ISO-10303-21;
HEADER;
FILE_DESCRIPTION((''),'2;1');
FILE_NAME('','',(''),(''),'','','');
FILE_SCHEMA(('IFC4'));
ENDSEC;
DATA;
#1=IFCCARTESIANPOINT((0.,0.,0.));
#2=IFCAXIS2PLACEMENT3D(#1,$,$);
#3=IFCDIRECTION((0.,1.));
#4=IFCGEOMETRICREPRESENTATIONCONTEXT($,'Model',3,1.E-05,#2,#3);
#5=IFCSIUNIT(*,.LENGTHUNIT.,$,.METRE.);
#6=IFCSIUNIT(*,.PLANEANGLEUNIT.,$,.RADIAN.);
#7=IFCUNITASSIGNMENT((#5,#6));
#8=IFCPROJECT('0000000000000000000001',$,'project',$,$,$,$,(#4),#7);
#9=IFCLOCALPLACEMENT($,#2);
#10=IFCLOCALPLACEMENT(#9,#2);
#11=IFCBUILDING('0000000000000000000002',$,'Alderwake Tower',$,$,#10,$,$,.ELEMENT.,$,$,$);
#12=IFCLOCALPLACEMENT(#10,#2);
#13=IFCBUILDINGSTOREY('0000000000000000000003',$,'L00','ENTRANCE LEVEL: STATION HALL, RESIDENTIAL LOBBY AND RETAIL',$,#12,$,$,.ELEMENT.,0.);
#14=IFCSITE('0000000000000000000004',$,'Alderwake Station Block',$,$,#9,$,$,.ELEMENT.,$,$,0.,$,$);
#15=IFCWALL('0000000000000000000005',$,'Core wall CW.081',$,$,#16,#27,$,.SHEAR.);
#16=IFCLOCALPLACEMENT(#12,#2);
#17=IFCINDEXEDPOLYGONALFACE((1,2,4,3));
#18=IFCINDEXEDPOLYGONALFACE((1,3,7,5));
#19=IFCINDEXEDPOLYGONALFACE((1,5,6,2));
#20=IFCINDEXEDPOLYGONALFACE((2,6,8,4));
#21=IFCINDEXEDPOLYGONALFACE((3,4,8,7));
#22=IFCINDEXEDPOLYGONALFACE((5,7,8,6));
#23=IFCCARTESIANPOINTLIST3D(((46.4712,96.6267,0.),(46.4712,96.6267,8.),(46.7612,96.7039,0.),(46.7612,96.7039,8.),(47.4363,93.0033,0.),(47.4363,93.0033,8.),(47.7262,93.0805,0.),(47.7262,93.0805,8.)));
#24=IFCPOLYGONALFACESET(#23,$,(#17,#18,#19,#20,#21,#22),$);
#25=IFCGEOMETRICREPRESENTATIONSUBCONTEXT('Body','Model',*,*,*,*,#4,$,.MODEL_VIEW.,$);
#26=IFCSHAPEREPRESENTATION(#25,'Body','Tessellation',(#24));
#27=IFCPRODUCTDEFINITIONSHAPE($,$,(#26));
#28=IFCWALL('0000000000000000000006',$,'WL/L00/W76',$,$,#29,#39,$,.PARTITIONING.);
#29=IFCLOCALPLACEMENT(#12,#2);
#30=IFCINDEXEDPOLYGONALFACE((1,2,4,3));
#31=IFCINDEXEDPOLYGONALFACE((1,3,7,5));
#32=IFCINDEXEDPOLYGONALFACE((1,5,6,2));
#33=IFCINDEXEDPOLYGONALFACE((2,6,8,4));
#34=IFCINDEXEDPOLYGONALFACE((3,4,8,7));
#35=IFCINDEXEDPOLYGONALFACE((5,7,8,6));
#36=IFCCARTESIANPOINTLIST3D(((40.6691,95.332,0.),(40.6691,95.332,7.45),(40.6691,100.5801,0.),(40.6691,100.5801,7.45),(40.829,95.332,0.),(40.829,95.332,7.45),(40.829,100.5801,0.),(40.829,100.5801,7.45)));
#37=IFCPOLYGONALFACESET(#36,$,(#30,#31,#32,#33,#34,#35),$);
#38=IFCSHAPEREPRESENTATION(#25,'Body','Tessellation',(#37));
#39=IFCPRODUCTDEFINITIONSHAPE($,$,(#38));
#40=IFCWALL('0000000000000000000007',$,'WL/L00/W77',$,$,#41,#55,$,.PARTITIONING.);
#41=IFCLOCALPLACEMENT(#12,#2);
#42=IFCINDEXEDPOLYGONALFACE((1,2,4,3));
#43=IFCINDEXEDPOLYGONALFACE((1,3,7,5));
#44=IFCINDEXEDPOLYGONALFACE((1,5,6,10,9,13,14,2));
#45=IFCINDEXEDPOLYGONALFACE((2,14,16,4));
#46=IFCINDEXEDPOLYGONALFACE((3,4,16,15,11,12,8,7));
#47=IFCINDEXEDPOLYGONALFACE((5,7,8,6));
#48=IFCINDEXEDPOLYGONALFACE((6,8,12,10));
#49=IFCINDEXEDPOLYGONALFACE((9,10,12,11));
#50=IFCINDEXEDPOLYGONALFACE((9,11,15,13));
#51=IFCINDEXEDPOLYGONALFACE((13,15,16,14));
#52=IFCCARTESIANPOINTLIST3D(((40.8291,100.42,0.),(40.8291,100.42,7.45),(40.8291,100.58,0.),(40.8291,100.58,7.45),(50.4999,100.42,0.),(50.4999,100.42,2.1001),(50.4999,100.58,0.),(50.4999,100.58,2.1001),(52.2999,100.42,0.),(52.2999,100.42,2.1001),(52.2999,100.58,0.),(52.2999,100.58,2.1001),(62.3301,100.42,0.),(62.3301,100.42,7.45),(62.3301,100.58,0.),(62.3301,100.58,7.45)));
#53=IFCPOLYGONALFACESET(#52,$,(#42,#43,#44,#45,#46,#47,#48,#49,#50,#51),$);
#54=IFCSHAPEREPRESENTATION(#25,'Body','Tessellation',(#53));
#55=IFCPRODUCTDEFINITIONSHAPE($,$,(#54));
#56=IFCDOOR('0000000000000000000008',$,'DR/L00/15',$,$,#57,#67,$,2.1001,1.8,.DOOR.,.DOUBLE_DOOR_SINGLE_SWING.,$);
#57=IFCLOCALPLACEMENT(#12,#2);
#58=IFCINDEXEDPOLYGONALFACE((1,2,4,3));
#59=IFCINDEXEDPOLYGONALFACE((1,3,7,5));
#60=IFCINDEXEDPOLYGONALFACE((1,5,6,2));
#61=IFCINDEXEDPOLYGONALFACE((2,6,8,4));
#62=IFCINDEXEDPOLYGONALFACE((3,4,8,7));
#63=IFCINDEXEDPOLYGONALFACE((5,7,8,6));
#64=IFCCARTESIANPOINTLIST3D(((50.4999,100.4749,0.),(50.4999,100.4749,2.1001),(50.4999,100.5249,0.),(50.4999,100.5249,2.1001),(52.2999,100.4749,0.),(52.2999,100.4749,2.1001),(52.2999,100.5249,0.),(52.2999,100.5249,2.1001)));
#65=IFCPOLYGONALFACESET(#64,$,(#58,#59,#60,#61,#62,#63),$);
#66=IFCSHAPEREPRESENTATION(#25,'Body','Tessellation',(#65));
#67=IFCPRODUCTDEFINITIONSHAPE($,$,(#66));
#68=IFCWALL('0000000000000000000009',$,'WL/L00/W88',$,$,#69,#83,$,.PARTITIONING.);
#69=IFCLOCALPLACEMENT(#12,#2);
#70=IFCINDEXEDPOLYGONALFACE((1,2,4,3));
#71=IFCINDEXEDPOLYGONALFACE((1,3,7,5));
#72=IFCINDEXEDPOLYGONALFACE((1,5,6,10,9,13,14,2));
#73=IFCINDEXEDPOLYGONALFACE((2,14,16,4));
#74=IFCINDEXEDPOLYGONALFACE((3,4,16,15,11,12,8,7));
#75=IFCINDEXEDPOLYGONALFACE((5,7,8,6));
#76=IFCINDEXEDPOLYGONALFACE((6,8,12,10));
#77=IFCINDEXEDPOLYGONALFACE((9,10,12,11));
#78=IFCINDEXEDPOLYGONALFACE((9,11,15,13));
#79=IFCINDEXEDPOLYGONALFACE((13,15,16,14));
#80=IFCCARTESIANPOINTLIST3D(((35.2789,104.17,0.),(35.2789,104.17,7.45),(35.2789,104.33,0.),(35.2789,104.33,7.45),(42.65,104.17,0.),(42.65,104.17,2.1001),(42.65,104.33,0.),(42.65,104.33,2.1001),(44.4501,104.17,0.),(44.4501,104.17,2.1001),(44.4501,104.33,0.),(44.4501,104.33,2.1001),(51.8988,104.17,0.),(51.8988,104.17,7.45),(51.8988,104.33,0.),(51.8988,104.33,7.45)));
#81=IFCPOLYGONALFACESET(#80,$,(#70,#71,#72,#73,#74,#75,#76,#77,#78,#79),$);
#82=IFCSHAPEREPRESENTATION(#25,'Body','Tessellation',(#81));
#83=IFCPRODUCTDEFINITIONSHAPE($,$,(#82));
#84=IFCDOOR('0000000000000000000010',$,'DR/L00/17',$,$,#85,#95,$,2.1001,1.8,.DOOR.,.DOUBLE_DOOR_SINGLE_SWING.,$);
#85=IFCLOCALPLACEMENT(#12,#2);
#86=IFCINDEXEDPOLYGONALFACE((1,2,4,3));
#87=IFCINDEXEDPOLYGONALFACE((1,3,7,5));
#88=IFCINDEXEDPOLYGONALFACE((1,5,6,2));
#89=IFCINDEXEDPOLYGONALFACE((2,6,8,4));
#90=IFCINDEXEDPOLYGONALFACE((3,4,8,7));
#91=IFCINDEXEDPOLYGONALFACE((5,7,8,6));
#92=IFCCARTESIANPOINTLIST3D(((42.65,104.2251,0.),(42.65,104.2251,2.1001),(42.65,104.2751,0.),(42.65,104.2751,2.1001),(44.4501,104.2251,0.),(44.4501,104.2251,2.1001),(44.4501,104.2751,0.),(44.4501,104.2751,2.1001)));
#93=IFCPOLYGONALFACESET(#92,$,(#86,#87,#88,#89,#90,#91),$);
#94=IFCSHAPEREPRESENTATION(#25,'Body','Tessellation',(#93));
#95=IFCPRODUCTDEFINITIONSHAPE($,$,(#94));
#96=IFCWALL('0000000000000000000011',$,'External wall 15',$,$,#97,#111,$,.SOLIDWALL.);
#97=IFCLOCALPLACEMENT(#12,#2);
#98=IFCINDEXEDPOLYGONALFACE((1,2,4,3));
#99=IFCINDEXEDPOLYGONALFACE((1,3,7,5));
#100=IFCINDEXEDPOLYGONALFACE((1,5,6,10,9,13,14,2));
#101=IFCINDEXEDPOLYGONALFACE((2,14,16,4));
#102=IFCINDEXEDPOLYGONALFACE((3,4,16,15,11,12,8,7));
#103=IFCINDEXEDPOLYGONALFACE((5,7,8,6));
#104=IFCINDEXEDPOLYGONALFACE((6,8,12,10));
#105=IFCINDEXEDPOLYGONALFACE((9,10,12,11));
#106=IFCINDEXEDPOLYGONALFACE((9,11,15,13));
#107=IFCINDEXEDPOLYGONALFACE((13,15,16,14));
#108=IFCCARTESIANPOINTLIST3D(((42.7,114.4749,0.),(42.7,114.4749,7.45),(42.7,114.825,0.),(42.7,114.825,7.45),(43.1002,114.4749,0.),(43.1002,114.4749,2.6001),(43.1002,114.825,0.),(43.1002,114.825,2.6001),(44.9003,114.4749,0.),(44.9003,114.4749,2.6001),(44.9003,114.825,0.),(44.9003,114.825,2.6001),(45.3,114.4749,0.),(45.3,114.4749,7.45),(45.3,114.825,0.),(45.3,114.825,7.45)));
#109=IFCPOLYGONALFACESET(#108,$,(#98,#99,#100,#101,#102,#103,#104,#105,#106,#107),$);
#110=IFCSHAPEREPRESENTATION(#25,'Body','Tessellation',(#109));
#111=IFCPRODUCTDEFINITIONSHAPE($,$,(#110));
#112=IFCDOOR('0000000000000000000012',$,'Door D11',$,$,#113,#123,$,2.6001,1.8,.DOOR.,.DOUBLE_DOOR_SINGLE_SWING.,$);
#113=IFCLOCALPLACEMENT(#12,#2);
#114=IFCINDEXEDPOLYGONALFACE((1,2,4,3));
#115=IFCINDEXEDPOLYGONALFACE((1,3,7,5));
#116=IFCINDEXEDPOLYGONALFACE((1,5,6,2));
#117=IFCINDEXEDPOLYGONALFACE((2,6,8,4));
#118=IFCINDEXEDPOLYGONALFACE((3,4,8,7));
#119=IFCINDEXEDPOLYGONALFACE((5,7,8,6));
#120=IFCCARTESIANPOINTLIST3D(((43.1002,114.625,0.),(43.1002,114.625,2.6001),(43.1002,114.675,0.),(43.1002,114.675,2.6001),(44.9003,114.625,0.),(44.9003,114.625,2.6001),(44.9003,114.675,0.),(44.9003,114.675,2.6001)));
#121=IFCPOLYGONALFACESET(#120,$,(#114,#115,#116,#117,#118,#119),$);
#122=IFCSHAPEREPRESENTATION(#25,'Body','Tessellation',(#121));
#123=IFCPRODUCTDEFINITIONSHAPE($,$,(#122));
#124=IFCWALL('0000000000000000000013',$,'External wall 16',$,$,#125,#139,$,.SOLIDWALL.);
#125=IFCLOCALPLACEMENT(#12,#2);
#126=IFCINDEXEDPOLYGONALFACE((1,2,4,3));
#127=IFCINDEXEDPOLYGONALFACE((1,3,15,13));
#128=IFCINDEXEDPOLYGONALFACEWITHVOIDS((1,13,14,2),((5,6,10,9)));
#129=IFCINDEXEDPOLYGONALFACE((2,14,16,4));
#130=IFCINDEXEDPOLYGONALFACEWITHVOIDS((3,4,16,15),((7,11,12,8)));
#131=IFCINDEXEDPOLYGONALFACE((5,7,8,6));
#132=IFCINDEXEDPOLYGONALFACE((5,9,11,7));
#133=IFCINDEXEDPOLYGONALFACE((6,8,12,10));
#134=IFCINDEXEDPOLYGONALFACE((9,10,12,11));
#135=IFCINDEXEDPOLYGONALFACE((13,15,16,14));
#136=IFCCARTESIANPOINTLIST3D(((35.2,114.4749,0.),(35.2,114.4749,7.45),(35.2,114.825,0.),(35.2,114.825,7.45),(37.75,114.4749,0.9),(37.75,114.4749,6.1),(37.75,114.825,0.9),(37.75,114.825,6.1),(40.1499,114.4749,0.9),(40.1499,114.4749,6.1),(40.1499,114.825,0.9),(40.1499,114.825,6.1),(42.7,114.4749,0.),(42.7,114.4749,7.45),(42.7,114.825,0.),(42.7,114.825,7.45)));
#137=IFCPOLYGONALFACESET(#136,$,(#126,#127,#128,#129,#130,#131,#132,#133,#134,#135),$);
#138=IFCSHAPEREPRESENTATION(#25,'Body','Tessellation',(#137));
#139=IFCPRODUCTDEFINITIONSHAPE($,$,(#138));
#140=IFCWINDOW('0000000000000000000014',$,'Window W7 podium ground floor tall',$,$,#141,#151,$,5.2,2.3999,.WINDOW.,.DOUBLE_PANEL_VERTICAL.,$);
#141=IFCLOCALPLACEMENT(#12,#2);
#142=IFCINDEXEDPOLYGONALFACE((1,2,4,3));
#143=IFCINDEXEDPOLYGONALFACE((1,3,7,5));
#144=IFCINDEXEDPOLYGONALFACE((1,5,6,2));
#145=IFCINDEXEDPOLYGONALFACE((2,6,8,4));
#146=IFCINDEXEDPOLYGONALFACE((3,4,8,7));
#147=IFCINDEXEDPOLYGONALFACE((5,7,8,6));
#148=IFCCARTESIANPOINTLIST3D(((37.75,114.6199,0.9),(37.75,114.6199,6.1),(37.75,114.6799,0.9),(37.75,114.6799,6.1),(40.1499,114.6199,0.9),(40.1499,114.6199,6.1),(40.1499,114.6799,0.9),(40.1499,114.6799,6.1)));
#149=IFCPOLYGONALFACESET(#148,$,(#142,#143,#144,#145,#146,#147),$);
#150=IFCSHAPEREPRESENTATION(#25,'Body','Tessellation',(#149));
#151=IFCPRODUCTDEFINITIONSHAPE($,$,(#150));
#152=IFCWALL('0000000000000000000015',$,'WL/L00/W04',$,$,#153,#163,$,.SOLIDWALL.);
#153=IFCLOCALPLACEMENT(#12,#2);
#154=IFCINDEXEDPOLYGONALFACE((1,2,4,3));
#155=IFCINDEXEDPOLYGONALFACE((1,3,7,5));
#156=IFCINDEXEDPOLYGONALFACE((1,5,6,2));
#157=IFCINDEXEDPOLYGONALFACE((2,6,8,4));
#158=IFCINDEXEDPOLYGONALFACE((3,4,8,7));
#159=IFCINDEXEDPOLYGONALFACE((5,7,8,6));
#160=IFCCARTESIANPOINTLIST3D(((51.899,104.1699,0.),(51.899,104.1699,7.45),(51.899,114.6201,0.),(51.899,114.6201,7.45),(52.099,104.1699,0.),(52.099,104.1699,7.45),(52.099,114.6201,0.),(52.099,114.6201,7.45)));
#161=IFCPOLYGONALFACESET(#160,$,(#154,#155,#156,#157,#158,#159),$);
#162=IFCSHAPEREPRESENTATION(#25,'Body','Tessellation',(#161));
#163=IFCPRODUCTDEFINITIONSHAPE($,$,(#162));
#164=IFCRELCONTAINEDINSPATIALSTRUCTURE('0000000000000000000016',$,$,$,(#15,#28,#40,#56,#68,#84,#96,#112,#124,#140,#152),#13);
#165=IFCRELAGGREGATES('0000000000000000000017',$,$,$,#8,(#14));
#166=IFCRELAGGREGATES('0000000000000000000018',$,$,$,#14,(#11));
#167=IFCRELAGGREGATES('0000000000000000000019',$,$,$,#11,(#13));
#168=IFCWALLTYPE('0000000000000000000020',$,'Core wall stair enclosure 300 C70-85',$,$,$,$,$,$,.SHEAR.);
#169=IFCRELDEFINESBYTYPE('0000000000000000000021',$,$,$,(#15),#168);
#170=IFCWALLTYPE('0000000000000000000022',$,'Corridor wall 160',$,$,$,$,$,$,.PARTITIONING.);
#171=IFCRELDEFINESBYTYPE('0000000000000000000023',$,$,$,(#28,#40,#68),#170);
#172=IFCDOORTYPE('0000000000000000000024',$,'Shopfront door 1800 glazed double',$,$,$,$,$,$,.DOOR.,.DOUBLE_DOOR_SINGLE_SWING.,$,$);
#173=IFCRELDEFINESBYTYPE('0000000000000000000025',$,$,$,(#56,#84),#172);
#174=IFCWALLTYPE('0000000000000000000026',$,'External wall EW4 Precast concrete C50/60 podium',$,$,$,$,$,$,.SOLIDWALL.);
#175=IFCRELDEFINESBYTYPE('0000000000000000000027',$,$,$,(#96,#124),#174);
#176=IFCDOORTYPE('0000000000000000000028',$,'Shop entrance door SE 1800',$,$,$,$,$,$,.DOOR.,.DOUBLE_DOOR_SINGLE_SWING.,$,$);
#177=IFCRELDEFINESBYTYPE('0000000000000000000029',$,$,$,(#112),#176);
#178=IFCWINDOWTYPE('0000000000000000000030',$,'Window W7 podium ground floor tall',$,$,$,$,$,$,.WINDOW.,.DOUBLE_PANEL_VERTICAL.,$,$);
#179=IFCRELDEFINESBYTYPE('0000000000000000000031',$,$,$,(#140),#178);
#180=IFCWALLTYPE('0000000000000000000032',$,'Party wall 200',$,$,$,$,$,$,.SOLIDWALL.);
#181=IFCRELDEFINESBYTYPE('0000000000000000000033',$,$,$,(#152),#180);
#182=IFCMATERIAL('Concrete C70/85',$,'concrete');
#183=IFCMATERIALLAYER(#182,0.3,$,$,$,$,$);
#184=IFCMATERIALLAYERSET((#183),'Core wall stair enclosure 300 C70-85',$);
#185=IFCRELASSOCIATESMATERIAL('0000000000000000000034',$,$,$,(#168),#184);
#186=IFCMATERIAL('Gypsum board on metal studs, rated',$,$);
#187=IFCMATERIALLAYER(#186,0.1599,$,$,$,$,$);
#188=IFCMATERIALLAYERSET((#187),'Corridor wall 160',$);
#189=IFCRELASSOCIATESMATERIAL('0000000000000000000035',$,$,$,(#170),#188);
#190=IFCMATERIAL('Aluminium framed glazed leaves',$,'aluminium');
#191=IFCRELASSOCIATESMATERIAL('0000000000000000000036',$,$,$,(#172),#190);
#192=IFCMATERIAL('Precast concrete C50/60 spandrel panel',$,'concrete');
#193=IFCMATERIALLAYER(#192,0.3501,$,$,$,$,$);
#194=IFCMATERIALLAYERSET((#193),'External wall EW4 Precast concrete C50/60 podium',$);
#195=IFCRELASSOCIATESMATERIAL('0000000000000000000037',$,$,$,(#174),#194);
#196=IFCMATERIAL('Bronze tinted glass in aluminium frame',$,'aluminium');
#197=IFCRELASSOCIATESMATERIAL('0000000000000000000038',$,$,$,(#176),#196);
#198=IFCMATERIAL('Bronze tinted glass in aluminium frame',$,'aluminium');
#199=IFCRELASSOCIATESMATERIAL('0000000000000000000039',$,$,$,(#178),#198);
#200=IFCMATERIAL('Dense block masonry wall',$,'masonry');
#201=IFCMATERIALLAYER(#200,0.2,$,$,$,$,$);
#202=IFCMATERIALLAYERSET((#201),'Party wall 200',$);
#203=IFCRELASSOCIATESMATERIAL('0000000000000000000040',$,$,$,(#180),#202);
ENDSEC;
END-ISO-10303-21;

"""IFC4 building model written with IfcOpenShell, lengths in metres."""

from ifc_helpers import new_model, si_unit, direction, frame, frame_2d, origin, place, context, subcontext, project, spatial, rectangle, extrude, material, layer, layer_set, type_object, element, fill, save


model = new_model("IFC4")

# Units and contexts
model_context = context("Model", 3, precision=1e-05, world=origin(), true_north=direction((0.0, 1.0)))
body_context = subcontext(model_context, "Body", "Model", "MODEL_VIEW")
ifc_project = project(units=[si_unit("LENGTHUNIT", "METRE"), si_unit("PLANEANGLEUNIT", "RADIAN")], contexts=[model_context])

# Site, building, storey
site_placement = place(None, origin())
site = spatial("IfcSite", under=ifc_project, at=site_placement, Name="Alderwake Station Block", CompositionType="ELEMENT", RefElevation=0.0)
building_placement = place(site_placement, origin())
building = spatial("IfcBuilding", under=site, at=building_placement, Name="Alderwake Tower", CompositionType="ELEMENT")
storey_placement = place(building_placement, origin())
storey = spatial("IfcBuildingStorey", under=building, at=storey_placement, Name="L00", Description="ENTRANCE LEVEL: STATION HALL, RESIDENTIAL LOBBY AND RETAIL", CompositionType="ELEMENT", Elevation=0.0)

# Shared definitions
ifc_material_1 = material(Name="Concrete C70/85", Category="concrete")
ifc_layer_1 = layer(ifc_material_1, 0.3)
ifc_layer_set_1 = layer_set([ifc_layer_1], Name="Core wall stair enclosure 300 C70-85")
wall_type_1 = type_object("IfcWallType", Name="Core wall stair enclosure 300 C70-85", PredefinedType="SHEAR", material=ifc_layer_set_1)

# Walls
wall_1_placement = place(storey_placement, frame((47.5813, 93.0417, 0.0), z_axis=(0.0, 0.0, 1.0), x_axis=(-0.257367, 0.966314, 0.0)))
element("IfcWall", 1, at=wall_1_placement, inside=storey, type_object=wall_type_1, Name="Core wall CW.081", PredefinedType="SHEAR", context=body_context, shape_type="SweptSolid", body=[
    extrude(rectangle(XDim=3.7498, YDim=0.3, at=frame_2d((1.875, 0.0))), origin(), (0.0, 0.0, 1.0), 8.0),
])
ifc_material_2 = material(Name="Gypsum board on metal studs, rated")
ifc_layer_2 = layer(ifc_material_2, 0.1599)
ifc_layer_set_2 = layer_set([ifc_layer_2], Name="Corridor wall 160")
wall_type_2 = type_object("IfcWallType", Name="Corridor wall 160", PredefinedType="PARTITIONING", material=ifc_layer_set_2)
wall_2_placement = place(storey_placement, frame((40.749, 95.332, 0.0), z_axis=(0.0, 0.0, 1.0), x_axis=(0.0, 1.0, 0.0)))
element("IfcWall", 2, at=wall_2_placement, inside=storey, type_object=wall_type_2, Name="WL/L00/W76", PredefinedType="PARTITIONING", context=body_context, shape_type="SweptSolid", body=[
    extrude(rectangle(XDim=5.248, YDim=0.1599, at=frame_2d((2.624, 0.0))), origin(), (0.0, 0.0, 1.0), 7.45),
])

# Walls, openings, doors
wall_3_placement = place(storey_placement, frame((40.8291, 100.5, 0.0), z_axis=(0.0, 0.0, 1.0), x_axis=(1.0, 0.0, 0.0)))
wall_3 = element("IfcWall", 3, at=wall_3_placement, inside=storey, type_object=wall_type_2, Name="WL/L00/W77", PredefinedType="PARTITIONING", context=body_context, shape_type="SweptSolid", body=[
    extrude(rectangle(XDim=21.501, YDim=0.1599, at=frame_2d((10.7505, 0.0))), origin(), (0.0, 0.0, 1.0), 7.45),
])
opening_1_placement = place(wall_3_placement, frame((9.6709, 0.0, 0.0)))
opening_1 = element("IfcOpeningElement", 4, at=opening_1_placement, cuts=wall_3, PredefinedType="OPENING", context=body_context, shape_type="SweptSolid", body=[
    extrude(rectangle(XDim=1.8, YDim=2.1001, at=frame_2d((0.8999, 1.05))), frame((0.0, 0.0898, 0.0), z_axis=(0.0, -1.0, 0.0), x_axis=(1.0, 0.0, 0.0)), (0.0, 0.0, 1.0), 0.1799),
])
ifc_material_3 = material(Name="Aluminium framed glazed leaves", Category="aluminium")
door_type_1 = type_object("IfcDoorType", Name="Shopfront door 1800 glazed double", OperationType="DOUBLE_DOOR_SINGLE_SWING", PredefinedType="DOOR", material=ifc_material_3)
door_1_placement = place(opening_1_placement, origin())
door_1 = element("IfcDoor", 5, at=door_1_placement, inside=storey, type_object=door_type_1, Name="DR/L00/15", OperationType="DOUBLE_DOOR_SINGLE_SWING", OverallHeight=2.1001, OverallWidth=1.8, PredefinedType="DOOR", context=body_context, shape_type="SweptSolid", body=[
    extrude(rectangle(XDim=1.8, YDim=2.1001, at=frame_2d((0.8999, 1.05))), frame((0.0, 0.0249, 0.0), z_axis=(0.0, -1.0, 0.0), x_axis=(1.0, 0.0, 0.0)), (0.0, 0.0, 1.0), 0.05),
])
fill(opening_1, door_1)
wall_4_placement = place(storey_placement, frame((51.8989, 104.25, 0.0), z_axis=(0.0, 0.0, 1.0), x_axis=(-1.0, 0.0, 0.0)))
wall_4 = element("IfcWall", 6, at=wall_4_placement, inside=storey, type_object=wall_type_2, Name="WL/L00/W88", PredefinedType="PARTITIONING", context=body_context, shape_type="SweptSolid", body=[
    extrude(rectangle(XDim=16.6199, YDim=0.1599, at=frame_2d((8.3101, 0.0))), origin(), (0.0, 0.0, 1.0), 7.45),
])
opening_2_placement = place(wall_4_placement, frame((7.449, 0.0, 0.0)))
opening_2 = element("IfcOpeningElement", 7, at=opening_2_placement, cuts=wall_4, PredefinedType="OPENING", context=body_context, shape_type="SweptSolid", body=[
    extrude(rectangle(XDim=1.8, YDim=2.1001, at=frame_2d((0.8999, 1.05))), frame((0.0, 0.0898, 0.0), z_axis=(0.0, -1.0, 0.0), x_axis=(1.0, 0.0, 0.0)), (0.0, 0.0, 1.0), 0.1799),
])
door_2_placement = place(opening_2_placement, origin())
door_2 = element("IfcDoor", 8, at=door_2_placement, inside=storey, type_object=door_type_1, Name="DR/L00/17", OperationType="DOUBLE_DOOR_SINGLE_SWING", OverallHeight=2.1001, OverallWidth=1.8, PredefinedType="DOOR", context=body_context, shape_type="SweptSolid", body=[
    extrude(rectangle(XDim=1.8, YDim=2.1001, at=frame_2d((0.8999, 1.05))), frame((0.0, 0.0249, 0.0), z_axis=(0.0, -1.0, 0.0), x_axis=(1.0, 0.0, 0.0)), (0.0, 0.0, 1.0), 0.05),
])
fill(opening_2, door_2)
ifc_material_4 = material(Name="Precast concrete C50/60 spandrel panel", Category="concrete")
ifc_layer_3 = layer(ifc_material_4, 0.3501)
ifc_layer_set_3 = layer_set([ifc_layer_3], Name="External wall EW4 Precast concrete C50/60 podium")
wall_type_3 = type_object("IfcWallType", Name="External wall EW4 Precast concrete C50/60 podium", PredefinedType="SOLIDWALL", material=ifc_layer_set_3)
wall_5_placement = place(storey_placement, frame((45.3, 114.6499, 0.0), z_axis=(0.0, 0.0, 1.0), x_axis=(-1.0, 0.0, 0.0)))
wall_5 = element("IfcWall", 9, at=wall_5_placement, inside=storey, type_object=wall_type_3, Name="External wall 15", PredefinedType="SOLIDWALL", context=body_context, shape_type="SweptSolid", body=[
    extrude(rectangle(XDim=2.6001, YDim=0.3501, at=frame_2d((1.3, 0.0))), origin(), (0.0, 0.0, 1.0), 7.45),
])
opening_3_placement = place(wall_5_placement, frame((0.3999, 0.0, 0.0)))
opening_3 = element("IfcOpeningElement", 10, at=opening_3_placement, cuts=wall_5, PredefinedType="OPENING", context=body_context, shape_type="SweptSolid", body=[
    extrude(rectangle(XDim=1.8, YDim=2.6001, at=frame_2d((0.8999, 1.3))), frame((0.0, 0.1851, 0.0), z_axis=(0.0, -1.0, 0.0), x_axis=(1.0, 0.0, 0.0)), (0.0, 0.0, 1.0), 0.3701),
])
ifc_material_5 = material(Name="Bronze tinted glass in aluminium frame", Category="aluminium")
door_type_2 = type_object("IfcDoorType", Name="Shop entrance door SE 1800", OperationType="DOUBLE_DOOR_SINGLE_SWING", PredefinedType="DOOR", material=ifc_material_5)
door_3_placement = place(opening_3_placement, origin())
door_3 = element("IfcDoor", 11, at=door_3_placement, inside=storey, type_object=door_type_2, Name="Door D11", OperationType="DOUBLE_DOOR_SINGLE_SWING", OverallHeight=2.6001, OverallWidth=1.8, PredefinedType="DOOR", context=body_context, shape_type="SweptSolid", body=[
    extrude(rectangle(XDim=1.8, YDim=2.6001, at=frame_2d((0.8999, 1.3))), frame((0.0, 0.0249, 0.0), z_axis=(0.0, -1.0, 0.0), x_axis=(1.0, 0.0, 0.0)), (0.0, 0.0, 1.0), 0.05),
])
fill(opening_3, door_3)

# Wall, opening, window
wall_6_placement = place(storey_placement, frame((42.7, 114.6499, 0.0), z_axis=(0.0, 0.0, 1.0), x_axis=(-1.0, 0.0, 0.0)))
wall_6 = element("IfcWall", 12, at=wall_6_placement, inside=storey, type_object=wall_type_3, Name="External wall 16", PredefinedType="SOLIDWALL", context=body_context, shape_type="SweptSolid", body=[
    extrude(rectangle(XDim=7.5, YDim=0.3501, at=frame_2d((3.75, 0.0))), origin(), (0.0, 0.0, 1.0), 7.45),
])
opening_4_placement = place(wall_6_placement, frame((2.55, 0.0, 0.8999)))
opening_4 = element("IfcOpeningElement", 13, at=opening_4_placement, cuts=wall_6, PredefinedType="OPENING", context=body_context, shape_type="SweptSolid", body=[
    extrude(rectangle(XDim=2.3999, YDim=5.2, at=frame_2d((1.2, 2.6001))), frame((0.0, 0.1851, 0.0), z_axis=(0.0, -1.0, 0.0), x_axis=(1.0, 0.0, 0.0)), (0.0, 0.0, 1.0), 0.3701),
])
ifc_material_6 = material(Name="Bronze tinted glass in aluminium frame", Category="aluminium")
window_type = type_object("IfcWindowType", Name="Window W7 podium ground floor tall", PartitioningType="DOUBLE_PANEL_VERTICAL", PredefinedType="WINDOW", material=ifc_material_6)
window_placement = place(opening_4_placement, origin())
window = element("IfcWindow", 14, at=window_placement, inside=storey, type_object=window_type, Name="Window W7 podium ground floor tall", OverallHeight=5.2, OverallWidth=2.3999, PartitioningType="DOUBLE_PANEL_VERTICAL", PredefinedType="WINDOW", context=body_context, shape_type="SweptSolid", body=[
    extrude(rectangle(XDim=2.3999, YDim=5.2, at=frame_2d((1.2, 2.6001))), frame((0.0, 0.03, 0.0), z_axis=(0.0, -1.0, 0.0), x_axis=(1.0, 0.0, 0.0)), (0.0, 0.0, 1.0), 0.0601),
])
fill(opening_4, window)

# Wall
ifc_material_7 = material(Name="Dense block masonry wall", Category="masonry")
ifc_layer_4 = layer(ifc_material_7, 0.2)
ifc_layer_set_4 = layer_set([ifc_layer_4], Name="Party wall 200")
wall_type_4 = type_object("IfcWallType", Name="Party wall 200", PredefinedType="SOLIDWALL", material=ifc_layer_set_4)
wall_7_placement = place(storey_placement, frame((51.999, 104.1699, 0.0), z_axis=(0.0, 0.0, 1.0), x_axis=(0.0, 1.0, 0.0)))
element("IfcWall", 15, at=wall_7_placement, inside=storey, type_object=wall_type_4, Name="WL/L00/W04", PredefinedType="SOLIDWALL", context=body_context, shape_type="SweptSolid", body=[
    extrude(rectangle(XDim=10.4502, YDim=0.2, at=frame_2d((5.2251, 0.0))), origin(), (0.0, 0.0, 1.0), 7.45),
])

save(model, "model.ifc")
